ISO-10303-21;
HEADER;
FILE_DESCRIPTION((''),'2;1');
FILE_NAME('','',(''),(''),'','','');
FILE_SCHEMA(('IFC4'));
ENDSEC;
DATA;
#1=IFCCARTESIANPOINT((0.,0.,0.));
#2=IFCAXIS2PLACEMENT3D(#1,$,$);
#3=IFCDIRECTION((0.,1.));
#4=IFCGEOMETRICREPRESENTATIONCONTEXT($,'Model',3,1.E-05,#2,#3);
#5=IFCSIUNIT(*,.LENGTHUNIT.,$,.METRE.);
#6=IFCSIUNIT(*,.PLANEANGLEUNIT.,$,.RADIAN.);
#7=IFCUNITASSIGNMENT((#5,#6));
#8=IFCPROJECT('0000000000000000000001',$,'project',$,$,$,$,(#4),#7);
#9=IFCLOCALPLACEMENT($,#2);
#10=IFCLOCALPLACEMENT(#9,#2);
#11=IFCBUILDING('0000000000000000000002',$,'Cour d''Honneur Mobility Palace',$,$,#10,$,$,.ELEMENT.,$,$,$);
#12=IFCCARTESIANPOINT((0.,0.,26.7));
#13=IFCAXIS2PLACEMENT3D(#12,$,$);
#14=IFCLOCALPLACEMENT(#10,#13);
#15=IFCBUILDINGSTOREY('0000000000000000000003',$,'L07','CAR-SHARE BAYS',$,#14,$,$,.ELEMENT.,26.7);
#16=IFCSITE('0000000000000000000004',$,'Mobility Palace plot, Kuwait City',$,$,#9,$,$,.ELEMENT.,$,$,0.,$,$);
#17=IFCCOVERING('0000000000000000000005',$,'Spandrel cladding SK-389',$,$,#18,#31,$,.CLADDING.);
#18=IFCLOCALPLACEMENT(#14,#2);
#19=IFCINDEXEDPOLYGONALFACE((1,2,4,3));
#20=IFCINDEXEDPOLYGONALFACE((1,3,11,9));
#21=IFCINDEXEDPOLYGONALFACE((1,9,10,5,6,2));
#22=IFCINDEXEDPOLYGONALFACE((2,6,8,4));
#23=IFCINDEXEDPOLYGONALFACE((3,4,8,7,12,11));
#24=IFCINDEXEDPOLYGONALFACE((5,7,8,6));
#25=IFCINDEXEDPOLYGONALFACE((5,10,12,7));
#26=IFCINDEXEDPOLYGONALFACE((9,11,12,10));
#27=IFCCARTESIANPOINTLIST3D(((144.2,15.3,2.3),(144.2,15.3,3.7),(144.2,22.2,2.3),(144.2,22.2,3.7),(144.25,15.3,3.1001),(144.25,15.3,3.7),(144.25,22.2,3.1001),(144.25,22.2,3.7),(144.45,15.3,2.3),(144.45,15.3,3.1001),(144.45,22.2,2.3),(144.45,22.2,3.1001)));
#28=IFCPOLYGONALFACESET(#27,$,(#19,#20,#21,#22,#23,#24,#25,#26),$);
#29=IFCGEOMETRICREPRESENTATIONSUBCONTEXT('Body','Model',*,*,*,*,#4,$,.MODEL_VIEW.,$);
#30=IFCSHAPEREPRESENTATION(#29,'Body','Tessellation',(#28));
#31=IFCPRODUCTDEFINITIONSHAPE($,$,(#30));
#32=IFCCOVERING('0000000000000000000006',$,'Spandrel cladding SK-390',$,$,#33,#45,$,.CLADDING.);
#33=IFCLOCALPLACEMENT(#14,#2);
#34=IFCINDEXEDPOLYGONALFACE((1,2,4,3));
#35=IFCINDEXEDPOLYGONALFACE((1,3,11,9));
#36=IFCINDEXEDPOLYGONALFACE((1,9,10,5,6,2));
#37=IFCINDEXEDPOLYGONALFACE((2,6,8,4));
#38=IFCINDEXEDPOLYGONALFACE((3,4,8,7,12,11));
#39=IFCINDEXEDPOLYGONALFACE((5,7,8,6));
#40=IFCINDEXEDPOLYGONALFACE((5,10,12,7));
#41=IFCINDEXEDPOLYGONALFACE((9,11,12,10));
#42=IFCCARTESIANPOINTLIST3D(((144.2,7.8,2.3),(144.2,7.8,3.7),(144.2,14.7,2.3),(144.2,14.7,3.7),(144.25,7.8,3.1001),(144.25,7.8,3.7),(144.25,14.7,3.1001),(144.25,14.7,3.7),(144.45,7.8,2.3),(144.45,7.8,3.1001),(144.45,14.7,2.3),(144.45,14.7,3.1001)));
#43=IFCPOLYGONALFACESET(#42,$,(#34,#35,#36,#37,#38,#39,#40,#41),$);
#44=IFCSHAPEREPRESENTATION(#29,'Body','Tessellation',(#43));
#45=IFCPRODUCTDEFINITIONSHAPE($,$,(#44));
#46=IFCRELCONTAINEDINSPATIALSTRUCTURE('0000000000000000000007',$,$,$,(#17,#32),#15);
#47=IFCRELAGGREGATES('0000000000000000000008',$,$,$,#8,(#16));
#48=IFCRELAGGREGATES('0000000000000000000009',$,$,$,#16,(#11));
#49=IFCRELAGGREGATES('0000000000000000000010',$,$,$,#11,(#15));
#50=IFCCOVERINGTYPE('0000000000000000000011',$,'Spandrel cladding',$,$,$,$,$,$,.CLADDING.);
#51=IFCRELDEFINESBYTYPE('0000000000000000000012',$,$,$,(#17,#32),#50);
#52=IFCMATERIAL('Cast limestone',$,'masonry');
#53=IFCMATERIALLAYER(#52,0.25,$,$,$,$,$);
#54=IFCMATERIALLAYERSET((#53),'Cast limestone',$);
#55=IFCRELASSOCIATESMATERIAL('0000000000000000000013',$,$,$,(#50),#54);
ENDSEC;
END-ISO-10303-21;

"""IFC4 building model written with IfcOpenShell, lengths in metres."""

from ifc_helpers import new_model, si_unit, direction, frame, origin, place, context, subcontext, project, spatial, polyline, outline, extrude, material, layer, layer_set, type_object, element, save


model = new_model("IFC4")

# Units and contexts
model_context = context("Model", 3, precision=1e-05, world=origin(), true_north=direction((0.0, 1.0)))
body_context = subcontext(model_context, "Body", "Model", "MODEL_VIEW")
ifc_project = project(units=[si_unit("LENGTHUNIT", "METRE"), si_unit("PLANEANGLEUNIT", "RADIAN")], contexts=[model_context])

# Site, building, storey
site_placement = place(None, origin())
site = spatial("IfcSite", under=ifc_project, at=site_placement, Name="Mobility Palace plot, Kuwait City", CompositionType="ELEMENT", RefElevation=0.0)
building_placement = place(site_placement, origin())
building = spatial("IfcBuilding", under=site, at=building_placement, Name="Cour d'Honneur Mobility Palace", CompositionType="ELEMENT")
storey_placement = place(building_placement, frame((0.0, 0.0, 26.7)))
storey = spatial("IfcBuildingStorey", under=building, at=storey_placement, Name="L07", Description="CAR-SHARE BAYS", CompositionType="ELEMENT", Elevation=26.7)

# Coverings
ifc_material_1 = material(Name="Cast limestone", Category="masonry")
ifc_layer_1 = layer(ifc_material_1, 0.25)
ifc_layer_set_1 = layer_set([ifc_layer_1], Name="Cast limestone")
covering_type = type_object("IfcCoveringType", Name="Spandrel cladding", PredefinedType="CLADDING", material=ifc_layer_set_1)
for number, where, z_axis, x_axis, name in (
    (1, (144.45, 22.2, 2.3), (0.0, 1.0, 0.0), (-1.0, 0.0, 0.0), "Spandrel cladding SK-389"),
    (2, (144.45, 14.7, 2.3), (0.0, 1.0, 0.0), (-1.0, 0.0, 0.0), "Spandrel cladding SK-390"),
):
    element("IfcCovering", number, at=place(storey_placement, frame(where, z_axis=z_axis, x_axis=x_axis)), inside=storey, type_object=covering_type, Name=name, PredefinedType="CLADDING", context=body_context, shape_type="SweptSolid", body=[
        extrude(outline(polyline([(0.0, 0.0), (0.25, 0.0), (0.25, 1.3999), (0.2, 1.3999), (0.2, 0.8), (0.0, 0.8), (0.0, 0.0)])), origin(), (0.0, 0.0, -1.0), 6.8999),
    ])

save(model, "model.ifc")
